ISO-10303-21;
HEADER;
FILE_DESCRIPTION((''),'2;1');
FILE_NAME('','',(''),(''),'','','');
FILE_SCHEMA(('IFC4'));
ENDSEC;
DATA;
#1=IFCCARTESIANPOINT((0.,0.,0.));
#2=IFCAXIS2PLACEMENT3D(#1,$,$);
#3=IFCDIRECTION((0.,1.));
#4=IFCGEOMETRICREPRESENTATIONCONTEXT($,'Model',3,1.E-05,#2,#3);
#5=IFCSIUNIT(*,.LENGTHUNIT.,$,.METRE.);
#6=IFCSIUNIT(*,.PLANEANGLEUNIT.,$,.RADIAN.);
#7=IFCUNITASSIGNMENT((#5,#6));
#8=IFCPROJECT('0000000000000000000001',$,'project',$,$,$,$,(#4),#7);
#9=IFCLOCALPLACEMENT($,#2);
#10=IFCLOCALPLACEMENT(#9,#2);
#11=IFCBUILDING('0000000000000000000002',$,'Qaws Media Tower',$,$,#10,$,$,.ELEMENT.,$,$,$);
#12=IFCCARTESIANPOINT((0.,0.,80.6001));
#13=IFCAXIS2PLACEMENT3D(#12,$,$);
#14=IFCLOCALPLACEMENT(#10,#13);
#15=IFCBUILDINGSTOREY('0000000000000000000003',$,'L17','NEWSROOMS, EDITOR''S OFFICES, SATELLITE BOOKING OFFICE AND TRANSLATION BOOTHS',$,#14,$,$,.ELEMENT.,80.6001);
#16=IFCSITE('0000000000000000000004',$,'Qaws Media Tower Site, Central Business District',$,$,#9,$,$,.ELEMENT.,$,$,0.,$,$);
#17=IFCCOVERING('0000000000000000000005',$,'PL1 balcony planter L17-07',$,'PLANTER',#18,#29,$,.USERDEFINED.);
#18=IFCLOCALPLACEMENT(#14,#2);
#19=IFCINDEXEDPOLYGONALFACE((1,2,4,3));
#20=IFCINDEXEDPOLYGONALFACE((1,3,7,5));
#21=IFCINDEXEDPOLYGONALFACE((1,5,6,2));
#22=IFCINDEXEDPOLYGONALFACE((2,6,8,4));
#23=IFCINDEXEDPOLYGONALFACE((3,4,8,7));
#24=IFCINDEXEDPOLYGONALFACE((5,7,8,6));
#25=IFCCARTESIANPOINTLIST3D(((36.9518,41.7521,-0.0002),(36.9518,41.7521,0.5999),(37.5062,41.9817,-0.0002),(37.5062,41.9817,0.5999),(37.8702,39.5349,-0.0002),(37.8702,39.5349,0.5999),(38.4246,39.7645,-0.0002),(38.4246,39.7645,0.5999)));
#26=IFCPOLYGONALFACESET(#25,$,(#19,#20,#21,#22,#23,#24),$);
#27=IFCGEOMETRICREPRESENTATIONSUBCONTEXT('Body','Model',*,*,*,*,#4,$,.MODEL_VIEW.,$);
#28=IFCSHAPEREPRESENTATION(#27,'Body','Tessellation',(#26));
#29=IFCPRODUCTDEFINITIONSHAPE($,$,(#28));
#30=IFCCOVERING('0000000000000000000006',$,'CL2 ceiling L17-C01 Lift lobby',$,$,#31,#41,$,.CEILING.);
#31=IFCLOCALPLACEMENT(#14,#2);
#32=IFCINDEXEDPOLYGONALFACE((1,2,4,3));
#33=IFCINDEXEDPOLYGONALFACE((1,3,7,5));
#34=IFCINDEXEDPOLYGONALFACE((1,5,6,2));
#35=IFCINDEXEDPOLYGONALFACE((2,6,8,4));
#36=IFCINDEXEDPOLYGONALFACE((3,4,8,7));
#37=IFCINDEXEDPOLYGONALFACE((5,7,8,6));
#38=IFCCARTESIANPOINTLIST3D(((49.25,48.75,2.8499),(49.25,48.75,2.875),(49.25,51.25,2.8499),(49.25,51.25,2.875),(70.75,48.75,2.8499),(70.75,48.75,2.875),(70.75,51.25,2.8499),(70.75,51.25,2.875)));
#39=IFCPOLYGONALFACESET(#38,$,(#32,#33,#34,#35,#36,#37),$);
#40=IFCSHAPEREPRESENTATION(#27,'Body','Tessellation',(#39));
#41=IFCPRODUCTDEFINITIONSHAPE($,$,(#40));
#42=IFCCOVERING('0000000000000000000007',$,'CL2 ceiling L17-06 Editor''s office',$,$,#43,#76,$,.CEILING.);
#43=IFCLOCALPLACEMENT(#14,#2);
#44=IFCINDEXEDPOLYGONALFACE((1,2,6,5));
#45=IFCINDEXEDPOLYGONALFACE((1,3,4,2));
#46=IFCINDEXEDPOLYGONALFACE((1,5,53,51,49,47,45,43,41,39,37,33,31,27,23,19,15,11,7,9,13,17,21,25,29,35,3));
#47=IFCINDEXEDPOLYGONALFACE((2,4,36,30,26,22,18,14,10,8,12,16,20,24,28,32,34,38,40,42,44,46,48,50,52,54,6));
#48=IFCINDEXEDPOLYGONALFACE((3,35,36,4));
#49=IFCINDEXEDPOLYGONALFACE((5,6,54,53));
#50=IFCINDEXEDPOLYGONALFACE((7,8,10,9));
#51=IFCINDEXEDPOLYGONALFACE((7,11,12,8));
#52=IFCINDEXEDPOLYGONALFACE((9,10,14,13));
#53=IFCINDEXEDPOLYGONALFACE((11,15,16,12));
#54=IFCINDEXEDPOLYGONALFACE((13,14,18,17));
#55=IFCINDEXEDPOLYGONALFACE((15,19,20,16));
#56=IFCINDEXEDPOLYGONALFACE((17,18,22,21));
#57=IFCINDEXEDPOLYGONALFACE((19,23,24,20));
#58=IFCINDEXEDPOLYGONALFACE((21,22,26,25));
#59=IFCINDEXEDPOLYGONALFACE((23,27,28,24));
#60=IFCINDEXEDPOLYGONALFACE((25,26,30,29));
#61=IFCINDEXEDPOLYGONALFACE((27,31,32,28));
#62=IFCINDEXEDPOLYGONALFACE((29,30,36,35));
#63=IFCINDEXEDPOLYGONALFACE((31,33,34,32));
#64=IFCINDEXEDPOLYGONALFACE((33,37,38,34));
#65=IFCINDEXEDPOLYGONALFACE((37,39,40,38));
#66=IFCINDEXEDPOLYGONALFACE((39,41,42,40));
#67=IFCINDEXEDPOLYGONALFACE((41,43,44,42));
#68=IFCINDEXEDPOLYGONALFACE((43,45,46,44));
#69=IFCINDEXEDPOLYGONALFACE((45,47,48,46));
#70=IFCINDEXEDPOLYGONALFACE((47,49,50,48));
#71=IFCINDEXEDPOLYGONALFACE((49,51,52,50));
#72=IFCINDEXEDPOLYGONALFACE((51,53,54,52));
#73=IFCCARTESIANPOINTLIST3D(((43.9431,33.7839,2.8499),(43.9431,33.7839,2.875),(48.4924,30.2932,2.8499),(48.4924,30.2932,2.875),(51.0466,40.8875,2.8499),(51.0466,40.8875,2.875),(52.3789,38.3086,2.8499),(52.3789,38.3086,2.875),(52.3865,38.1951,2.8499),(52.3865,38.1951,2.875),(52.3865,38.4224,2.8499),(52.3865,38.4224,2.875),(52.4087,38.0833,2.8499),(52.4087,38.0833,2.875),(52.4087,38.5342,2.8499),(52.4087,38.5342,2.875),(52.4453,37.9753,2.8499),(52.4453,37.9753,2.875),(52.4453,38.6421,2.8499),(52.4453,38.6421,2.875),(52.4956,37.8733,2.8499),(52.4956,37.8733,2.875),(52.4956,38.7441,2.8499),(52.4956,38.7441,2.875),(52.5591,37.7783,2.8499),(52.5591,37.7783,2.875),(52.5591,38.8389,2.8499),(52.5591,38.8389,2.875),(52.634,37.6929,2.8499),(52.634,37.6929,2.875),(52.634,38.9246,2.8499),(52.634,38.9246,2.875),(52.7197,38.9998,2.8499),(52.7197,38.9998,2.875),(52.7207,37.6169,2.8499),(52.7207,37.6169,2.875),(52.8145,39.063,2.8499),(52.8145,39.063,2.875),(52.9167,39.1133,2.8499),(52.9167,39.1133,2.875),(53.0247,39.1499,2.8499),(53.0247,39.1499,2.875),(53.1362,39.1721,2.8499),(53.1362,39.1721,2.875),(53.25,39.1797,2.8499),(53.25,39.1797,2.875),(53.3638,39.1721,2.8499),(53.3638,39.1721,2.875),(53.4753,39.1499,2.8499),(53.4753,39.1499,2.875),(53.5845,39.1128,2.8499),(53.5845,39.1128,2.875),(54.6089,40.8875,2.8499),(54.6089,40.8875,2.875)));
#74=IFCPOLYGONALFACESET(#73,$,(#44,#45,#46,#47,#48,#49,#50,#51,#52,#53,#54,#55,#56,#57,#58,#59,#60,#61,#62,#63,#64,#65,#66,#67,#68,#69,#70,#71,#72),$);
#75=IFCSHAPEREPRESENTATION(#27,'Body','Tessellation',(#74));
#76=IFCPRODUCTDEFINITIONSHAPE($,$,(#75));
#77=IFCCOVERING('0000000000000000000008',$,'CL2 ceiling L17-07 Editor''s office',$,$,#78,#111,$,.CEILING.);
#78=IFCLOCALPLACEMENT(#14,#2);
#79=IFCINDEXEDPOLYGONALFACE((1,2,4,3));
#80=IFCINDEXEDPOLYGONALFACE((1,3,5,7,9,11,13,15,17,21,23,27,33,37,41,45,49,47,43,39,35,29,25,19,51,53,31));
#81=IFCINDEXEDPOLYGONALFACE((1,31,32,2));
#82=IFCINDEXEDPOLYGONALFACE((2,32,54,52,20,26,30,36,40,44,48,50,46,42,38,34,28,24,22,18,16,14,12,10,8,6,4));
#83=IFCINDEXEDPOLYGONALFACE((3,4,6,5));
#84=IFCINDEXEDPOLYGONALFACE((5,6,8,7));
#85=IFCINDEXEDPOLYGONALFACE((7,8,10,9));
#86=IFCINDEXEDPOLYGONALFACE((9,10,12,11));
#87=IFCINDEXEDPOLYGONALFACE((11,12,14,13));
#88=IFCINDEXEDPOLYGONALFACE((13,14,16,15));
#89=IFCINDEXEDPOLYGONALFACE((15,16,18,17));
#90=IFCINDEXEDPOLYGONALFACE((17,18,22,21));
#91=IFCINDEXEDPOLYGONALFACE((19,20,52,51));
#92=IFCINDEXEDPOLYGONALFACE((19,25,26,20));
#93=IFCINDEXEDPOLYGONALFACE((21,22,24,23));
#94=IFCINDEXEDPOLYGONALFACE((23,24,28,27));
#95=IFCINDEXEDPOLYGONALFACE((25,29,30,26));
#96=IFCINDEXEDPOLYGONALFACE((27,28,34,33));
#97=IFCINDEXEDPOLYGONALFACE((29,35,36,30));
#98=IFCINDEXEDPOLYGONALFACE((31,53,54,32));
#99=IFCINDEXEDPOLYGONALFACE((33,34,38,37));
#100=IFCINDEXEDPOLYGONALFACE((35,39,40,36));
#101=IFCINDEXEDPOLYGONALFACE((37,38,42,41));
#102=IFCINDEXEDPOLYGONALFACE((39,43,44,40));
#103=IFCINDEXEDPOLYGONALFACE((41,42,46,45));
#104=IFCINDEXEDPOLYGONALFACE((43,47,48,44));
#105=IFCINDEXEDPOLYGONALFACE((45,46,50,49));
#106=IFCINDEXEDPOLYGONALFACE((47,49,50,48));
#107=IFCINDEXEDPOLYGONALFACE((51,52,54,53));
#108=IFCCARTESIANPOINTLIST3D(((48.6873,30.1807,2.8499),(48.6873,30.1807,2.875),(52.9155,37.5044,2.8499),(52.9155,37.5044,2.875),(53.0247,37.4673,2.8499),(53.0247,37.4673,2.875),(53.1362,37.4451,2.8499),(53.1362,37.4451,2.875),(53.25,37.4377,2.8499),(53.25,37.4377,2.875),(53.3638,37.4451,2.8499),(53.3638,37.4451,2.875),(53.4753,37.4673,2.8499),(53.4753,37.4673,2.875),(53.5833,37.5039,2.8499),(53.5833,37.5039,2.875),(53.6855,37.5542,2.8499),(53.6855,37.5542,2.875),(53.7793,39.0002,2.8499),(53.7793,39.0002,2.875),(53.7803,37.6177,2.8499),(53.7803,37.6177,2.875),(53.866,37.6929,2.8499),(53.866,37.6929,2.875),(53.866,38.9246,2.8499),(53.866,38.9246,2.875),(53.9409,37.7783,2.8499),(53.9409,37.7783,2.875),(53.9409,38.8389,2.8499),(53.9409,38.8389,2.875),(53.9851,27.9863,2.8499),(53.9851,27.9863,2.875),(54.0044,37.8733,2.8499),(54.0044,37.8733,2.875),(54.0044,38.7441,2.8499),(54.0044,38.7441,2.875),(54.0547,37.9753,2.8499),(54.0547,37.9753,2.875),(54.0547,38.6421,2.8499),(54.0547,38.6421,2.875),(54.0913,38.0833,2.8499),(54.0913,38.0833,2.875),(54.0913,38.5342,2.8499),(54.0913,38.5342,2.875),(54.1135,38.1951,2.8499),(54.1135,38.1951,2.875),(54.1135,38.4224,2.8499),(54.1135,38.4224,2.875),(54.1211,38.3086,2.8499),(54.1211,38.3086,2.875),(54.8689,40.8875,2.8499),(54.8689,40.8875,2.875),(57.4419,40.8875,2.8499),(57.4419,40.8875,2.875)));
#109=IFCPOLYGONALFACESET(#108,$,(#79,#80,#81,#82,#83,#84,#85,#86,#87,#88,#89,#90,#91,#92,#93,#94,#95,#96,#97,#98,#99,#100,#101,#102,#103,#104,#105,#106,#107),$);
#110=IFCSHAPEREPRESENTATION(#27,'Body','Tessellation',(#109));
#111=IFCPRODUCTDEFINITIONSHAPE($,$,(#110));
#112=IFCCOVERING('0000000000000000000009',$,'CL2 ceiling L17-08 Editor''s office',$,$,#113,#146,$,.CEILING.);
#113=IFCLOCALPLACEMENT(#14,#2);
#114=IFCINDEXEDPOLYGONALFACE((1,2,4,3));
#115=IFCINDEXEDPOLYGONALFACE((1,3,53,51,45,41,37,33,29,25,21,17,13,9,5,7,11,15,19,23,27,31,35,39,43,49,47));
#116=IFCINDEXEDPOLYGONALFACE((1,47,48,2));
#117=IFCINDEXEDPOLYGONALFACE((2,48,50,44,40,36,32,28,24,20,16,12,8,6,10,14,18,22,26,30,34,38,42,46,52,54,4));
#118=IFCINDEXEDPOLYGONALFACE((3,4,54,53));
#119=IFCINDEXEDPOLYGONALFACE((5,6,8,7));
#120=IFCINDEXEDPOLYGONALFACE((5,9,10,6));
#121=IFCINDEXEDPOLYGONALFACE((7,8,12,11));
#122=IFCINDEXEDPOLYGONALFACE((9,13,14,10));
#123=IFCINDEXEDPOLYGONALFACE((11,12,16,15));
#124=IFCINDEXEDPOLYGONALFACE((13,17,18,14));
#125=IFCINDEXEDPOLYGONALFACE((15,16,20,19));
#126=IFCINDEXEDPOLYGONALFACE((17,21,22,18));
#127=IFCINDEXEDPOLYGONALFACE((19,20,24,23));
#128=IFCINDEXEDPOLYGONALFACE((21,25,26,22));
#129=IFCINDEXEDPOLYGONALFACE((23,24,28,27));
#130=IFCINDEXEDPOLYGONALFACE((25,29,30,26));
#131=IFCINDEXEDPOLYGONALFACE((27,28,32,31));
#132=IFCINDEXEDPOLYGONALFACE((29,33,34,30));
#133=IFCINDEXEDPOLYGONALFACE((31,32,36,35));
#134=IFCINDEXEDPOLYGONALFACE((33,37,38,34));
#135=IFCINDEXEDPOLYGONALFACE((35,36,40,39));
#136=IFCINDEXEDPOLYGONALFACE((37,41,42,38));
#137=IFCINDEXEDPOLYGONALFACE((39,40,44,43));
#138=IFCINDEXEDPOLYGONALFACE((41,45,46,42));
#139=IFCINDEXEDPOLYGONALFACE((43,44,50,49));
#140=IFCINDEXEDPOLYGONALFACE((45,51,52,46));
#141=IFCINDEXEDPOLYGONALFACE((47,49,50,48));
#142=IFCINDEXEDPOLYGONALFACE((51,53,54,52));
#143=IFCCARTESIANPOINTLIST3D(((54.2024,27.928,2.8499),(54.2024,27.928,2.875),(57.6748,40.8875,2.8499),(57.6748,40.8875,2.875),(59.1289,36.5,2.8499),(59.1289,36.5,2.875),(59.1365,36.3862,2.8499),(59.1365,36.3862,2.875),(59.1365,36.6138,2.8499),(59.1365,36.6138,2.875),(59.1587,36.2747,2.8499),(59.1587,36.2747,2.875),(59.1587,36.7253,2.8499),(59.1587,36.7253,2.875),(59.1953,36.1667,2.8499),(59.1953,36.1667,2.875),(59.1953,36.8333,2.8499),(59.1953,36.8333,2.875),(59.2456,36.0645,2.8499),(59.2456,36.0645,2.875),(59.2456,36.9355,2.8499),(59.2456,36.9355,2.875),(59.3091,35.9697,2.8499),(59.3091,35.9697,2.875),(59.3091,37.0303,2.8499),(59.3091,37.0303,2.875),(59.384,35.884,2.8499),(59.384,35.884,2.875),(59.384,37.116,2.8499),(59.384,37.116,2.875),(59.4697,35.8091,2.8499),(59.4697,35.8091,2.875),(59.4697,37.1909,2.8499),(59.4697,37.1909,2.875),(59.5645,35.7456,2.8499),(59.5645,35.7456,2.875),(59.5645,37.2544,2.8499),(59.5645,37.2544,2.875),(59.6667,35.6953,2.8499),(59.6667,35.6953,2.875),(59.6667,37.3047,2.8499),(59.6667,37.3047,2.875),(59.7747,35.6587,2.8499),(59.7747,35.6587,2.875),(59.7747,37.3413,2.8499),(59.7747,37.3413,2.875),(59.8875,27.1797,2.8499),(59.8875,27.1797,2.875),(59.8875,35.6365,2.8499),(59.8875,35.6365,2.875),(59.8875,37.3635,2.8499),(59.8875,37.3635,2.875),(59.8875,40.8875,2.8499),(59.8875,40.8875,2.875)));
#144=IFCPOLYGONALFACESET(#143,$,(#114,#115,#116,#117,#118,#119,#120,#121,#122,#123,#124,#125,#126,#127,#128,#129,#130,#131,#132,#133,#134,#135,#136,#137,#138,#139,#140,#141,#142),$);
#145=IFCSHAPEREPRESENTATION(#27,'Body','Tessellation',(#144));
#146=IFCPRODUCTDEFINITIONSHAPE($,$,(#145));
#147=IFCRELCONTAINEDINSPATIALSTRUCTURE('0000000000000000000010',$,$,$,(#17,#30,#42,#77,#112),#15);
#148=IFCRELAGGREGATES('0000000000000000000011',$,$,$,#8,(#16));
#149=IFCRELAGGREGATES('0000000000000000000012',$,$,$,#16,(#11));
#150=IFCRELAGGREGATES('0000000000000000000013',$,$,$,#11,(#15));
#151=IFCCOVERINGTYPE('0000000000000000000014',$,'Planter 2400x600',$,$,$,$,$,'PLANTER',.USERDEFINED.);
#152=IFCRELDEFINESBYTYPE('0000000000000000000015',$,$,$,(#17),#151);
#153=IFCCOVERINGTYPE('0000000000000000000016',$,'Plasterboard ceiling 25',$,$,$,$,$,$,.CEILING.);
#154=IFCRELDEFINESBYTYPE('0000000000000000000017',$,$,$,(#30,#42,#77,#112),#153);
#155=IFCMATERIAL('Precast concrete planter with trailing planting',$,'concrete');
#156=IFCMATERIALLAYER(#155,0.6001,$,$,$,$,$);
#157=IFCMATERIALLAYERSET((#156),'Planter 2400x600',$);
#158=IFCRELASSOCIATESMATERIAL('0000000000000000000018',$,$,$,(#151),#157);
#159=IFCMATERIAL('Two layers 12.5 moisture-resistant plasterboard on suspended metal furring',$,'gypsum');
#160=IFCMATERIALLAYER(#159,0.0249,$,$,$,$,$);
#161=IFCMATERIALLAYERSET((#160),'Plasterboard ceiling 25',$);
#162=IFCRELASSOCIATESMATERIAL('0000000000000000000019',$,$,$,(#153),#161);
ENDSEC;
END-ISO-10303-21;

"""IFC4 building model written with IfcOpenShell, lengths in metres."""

from ifc_helpers import new_model, si_unit, direction, frame, origin, origin_2d, place, context, subcontext, project, spatial, polyline, rectangle, outline, extrude, material, layer, layer_set, type_object, element, save


model = new_model("IFC4")

# Units and contexts
model_context = context("Model", 3, precision=1e-05, world=origin(), true_north=direction((0.0, 1.0)))
body_context = subcontext(model_context, "Body", "Model", "MODEL_VIEW")
ifc_project = project(units=[si_unit("LENGTHUNIT", "METRE"), si_unit("PLANEANGLEUNIT", "RADIAN")], contexts=[model_context])

# Site, building, storey
site_placement = place(None, origin())
site = spatial("IfcSite", under=ifc_project, at=site_placement, Name="Qaws Media Tower Site, Central Business District", CompositionType="ELEMENT", RefElevation=0.0)
building_placement = place(site_placement, origin())
building = spatial("IfcBuilding", under=site, at=building_placement, Name="Qaws Media Tower", CompositionType="ELEMENT")
storey_placement = place(building_placement, frame((0.0, 0.0, 80.6001)))
storey = spatial("IfcBuildingStorey", under=building, at=storey_placement, Name="L17", Description="NEWSROOMS, EDITOR'S OFFICES, SATELLITE BOOKING OFFICE AND TRANSLATION BOOTHS", CompositionType="ELEMENT", Elevation=80.6001)

# Coverings
ifc_material_1 = material(Name="Precast concrete planter with trailing planting", Category="concrete")
ifc_layer_1 = layer(ifc_material_1, 0.6001)
ifc_layer_set_1 = layer_set([ifc_layer_1], Name="Planter 2400x600")
covering_type_1 = type_object("IfcCoveringType", Name="Planter 2400x600", ElementType="PLANTER", PredefinedType="USERDEFINED", material=ifc_layer_set_1)
covering_1_placement = place(storey_placement, frame((37.6882, 40.7583, -0.0002), z_axis=(0.0, 0.0, 1.0), x_axis=(0.382683, -0.92388, 0.0)))
element("IfcCovering", 1, at=covering_1_placement, inside=storey, type_object=covering_type_1, Name="PL1 balcony planter L17-07", ObjectType="PLANTER", PredefinedType="USERDEFINED", context=body_context, shape_type="SweptSolid", body=[
    extrude(rectangle(XDim=2.3999, YDim=0.6001, at=origin_2d()), origin(), (0.0, 0.0, 1.0), 0.6001),
])
ifc_material_2 = material(Name="Two layers 12.5 moisture-resistant plasterboard on suspended metal furring", Category="gypsum")
ifc_layer_2 = layer(ifc_material_2, 0.0249)
ifc_layer_set_2 = layer_set([ifc_layer_2], Name="Plasterboard ceiling 25")
covering_type_2 = type_object("IfcCoveringType", Name="Plasterboard ceiling 25", PredefinedType="CEILING", material=ifc_layer_set_2)
covering_2_placement = place(storey_placement, frame((0.0, 0.0, 2.8499)))
element("IfcCovering", 2, at=covering_2_placement, inside=storey, type_object=covering_type_2, Name="CL2 ceiling L17-C01 Lift lobby", PredefinedType="CEILING", context=body_context, shape_type="SweptSolid", body=[
    extrude(outline(polyline([(49.25, 48.75), (49.25, 51.25), (70.75, 51.25), (70.75, 48.75), (49.25, 48.75)])), origin(), (0.0, 0.0, 1.0), 0.0251),
])
covering_3_placement = place(storey_placement, frame((0.0, 0.0, 2.8499)))
element("IfcCovering", 3, at=covering_3_placement, inside=storey, type_object=covering_type_2, Name="CL2 ceiling L17-06 Editor's office", PredefinedType="CEILING", context=body_context, shape_type="SweptSolid", body=[
    extrude(outline(polyline([(43.9431, 33.7839), (51.0466, 40.8875), (54.6089, 40.8875), (53.5845, 39.1128), (53.4753, 39.1499), (53.3638, 39.1721), (53.25, 39.1797), (53.1362, 39.1721), (53.0247, 39.1499), (52.9167, 39.1133), (52.8145, 39.063), (52.7197, 38.9998), (52.634, 38.9246), (52.5591, 38.8389), (52.4956, 38.7441), (52.4453, 38.6421), (52.4087, 38.5342), (52.3865, 38.4224), (52.3789, 38.3086), (52.3865, 38.1951), (52.4087, 38.0833), (52.4453, 37.9753), (52.4956, 37.8733), (52.5591, 37.7783), (52.634, 37.6929), (52.7207, 37.6169), (48.4924, 30.2932), (43.9431, 33.7839)])), origin(), (0.0, 0.0, 1.0), 0.0251),
])
covering_4_placement = place(storey_placement, frame((0.0, 0.0, 2.8499)))
element("IfcCovering", 4, at=covering_4_placement, inside=storey, type_object=covering_type_2, Name="CL2 ceiling L17-07 Editor's office", PredefinedType="CEILING", context=body_context, shape_type="SweptSolid", body=[
    extrude(outline(polyline([(48.6873, 30.1807), (52.9155, 37.5044), (53.0247, 37.4673), (53.1362, 37.4451), (53.25, 37.4377), (53.3638, 37.4451), (53.4753, 37.4673), (53.5833, 37.5039), (53.6855, 37.5542), (53.7803, 37.6177), (53.866, 37.6929), (53.9409, 37.7783), (54.0044, 37.8733), (54.0547, 37.9753), (54.0913, 38.0833), (54.1135, 38.1951), (54.1211, 38.3086), (54.1135, 38.4224), (54.0913, 38.5342), (54.0547, 38.6421), (54.0044, 38.7441), (53.9409, 38.8389), (53.866, 38.9246), (53.7793, 39.0002), (54.8689, 40.8875), (57.4419, 40.8875), (53.9851, 27.9863), (48.6873, 30.1807)])), origin(), (0.0, 0.0, 1.0), 0.0251),
])
covering_5_placement = place(storey_placement, frame((0.0, 0.0, 2.8499)))
element("IfcCovering", 5, at=covering_5_placement, inside=storey, type_object=covering_type_2, Name="CL2 ceiling L17-08 Editor's office", PredefinedType="CEILING", context=body_context, shape_type="SweptSolid", body=[
    extrude(outline(polyline([(54.2024, 27.928), (57.6748, 40.8875), (59.8875, 40.8875), (59.8875, 37.3635), (59.7747, 37.3413), (59.6667, 37.3047), (59.5645, 37.2544), (59.4697, 37.1909), (59.384, 37.116), (59.3091, 37.0303), (59.2456, 36.9355), (59.1953, 36.8333), (59.1587, 36.7253), (59.1365, 36.6138), (59.1289, 36.5), (59.1365, 36.3862), (59.1587, 36.2747), (59.1953, 36.1667), (59.2456, 36.0645), (59.3091, 35.9697), (59.384, 35.884), (59.4697, 35.8091), (59.5645, 35.7456), (59.6667, 35.6953), (59.7747, 35.6587), (59.8875, 35.6365), (59.8875, 27.1797), (54.2024, 27.928)])), origin(), (0.0, 0.0, 1.0), 0.0251),
])

save(model, "model.ifc")
